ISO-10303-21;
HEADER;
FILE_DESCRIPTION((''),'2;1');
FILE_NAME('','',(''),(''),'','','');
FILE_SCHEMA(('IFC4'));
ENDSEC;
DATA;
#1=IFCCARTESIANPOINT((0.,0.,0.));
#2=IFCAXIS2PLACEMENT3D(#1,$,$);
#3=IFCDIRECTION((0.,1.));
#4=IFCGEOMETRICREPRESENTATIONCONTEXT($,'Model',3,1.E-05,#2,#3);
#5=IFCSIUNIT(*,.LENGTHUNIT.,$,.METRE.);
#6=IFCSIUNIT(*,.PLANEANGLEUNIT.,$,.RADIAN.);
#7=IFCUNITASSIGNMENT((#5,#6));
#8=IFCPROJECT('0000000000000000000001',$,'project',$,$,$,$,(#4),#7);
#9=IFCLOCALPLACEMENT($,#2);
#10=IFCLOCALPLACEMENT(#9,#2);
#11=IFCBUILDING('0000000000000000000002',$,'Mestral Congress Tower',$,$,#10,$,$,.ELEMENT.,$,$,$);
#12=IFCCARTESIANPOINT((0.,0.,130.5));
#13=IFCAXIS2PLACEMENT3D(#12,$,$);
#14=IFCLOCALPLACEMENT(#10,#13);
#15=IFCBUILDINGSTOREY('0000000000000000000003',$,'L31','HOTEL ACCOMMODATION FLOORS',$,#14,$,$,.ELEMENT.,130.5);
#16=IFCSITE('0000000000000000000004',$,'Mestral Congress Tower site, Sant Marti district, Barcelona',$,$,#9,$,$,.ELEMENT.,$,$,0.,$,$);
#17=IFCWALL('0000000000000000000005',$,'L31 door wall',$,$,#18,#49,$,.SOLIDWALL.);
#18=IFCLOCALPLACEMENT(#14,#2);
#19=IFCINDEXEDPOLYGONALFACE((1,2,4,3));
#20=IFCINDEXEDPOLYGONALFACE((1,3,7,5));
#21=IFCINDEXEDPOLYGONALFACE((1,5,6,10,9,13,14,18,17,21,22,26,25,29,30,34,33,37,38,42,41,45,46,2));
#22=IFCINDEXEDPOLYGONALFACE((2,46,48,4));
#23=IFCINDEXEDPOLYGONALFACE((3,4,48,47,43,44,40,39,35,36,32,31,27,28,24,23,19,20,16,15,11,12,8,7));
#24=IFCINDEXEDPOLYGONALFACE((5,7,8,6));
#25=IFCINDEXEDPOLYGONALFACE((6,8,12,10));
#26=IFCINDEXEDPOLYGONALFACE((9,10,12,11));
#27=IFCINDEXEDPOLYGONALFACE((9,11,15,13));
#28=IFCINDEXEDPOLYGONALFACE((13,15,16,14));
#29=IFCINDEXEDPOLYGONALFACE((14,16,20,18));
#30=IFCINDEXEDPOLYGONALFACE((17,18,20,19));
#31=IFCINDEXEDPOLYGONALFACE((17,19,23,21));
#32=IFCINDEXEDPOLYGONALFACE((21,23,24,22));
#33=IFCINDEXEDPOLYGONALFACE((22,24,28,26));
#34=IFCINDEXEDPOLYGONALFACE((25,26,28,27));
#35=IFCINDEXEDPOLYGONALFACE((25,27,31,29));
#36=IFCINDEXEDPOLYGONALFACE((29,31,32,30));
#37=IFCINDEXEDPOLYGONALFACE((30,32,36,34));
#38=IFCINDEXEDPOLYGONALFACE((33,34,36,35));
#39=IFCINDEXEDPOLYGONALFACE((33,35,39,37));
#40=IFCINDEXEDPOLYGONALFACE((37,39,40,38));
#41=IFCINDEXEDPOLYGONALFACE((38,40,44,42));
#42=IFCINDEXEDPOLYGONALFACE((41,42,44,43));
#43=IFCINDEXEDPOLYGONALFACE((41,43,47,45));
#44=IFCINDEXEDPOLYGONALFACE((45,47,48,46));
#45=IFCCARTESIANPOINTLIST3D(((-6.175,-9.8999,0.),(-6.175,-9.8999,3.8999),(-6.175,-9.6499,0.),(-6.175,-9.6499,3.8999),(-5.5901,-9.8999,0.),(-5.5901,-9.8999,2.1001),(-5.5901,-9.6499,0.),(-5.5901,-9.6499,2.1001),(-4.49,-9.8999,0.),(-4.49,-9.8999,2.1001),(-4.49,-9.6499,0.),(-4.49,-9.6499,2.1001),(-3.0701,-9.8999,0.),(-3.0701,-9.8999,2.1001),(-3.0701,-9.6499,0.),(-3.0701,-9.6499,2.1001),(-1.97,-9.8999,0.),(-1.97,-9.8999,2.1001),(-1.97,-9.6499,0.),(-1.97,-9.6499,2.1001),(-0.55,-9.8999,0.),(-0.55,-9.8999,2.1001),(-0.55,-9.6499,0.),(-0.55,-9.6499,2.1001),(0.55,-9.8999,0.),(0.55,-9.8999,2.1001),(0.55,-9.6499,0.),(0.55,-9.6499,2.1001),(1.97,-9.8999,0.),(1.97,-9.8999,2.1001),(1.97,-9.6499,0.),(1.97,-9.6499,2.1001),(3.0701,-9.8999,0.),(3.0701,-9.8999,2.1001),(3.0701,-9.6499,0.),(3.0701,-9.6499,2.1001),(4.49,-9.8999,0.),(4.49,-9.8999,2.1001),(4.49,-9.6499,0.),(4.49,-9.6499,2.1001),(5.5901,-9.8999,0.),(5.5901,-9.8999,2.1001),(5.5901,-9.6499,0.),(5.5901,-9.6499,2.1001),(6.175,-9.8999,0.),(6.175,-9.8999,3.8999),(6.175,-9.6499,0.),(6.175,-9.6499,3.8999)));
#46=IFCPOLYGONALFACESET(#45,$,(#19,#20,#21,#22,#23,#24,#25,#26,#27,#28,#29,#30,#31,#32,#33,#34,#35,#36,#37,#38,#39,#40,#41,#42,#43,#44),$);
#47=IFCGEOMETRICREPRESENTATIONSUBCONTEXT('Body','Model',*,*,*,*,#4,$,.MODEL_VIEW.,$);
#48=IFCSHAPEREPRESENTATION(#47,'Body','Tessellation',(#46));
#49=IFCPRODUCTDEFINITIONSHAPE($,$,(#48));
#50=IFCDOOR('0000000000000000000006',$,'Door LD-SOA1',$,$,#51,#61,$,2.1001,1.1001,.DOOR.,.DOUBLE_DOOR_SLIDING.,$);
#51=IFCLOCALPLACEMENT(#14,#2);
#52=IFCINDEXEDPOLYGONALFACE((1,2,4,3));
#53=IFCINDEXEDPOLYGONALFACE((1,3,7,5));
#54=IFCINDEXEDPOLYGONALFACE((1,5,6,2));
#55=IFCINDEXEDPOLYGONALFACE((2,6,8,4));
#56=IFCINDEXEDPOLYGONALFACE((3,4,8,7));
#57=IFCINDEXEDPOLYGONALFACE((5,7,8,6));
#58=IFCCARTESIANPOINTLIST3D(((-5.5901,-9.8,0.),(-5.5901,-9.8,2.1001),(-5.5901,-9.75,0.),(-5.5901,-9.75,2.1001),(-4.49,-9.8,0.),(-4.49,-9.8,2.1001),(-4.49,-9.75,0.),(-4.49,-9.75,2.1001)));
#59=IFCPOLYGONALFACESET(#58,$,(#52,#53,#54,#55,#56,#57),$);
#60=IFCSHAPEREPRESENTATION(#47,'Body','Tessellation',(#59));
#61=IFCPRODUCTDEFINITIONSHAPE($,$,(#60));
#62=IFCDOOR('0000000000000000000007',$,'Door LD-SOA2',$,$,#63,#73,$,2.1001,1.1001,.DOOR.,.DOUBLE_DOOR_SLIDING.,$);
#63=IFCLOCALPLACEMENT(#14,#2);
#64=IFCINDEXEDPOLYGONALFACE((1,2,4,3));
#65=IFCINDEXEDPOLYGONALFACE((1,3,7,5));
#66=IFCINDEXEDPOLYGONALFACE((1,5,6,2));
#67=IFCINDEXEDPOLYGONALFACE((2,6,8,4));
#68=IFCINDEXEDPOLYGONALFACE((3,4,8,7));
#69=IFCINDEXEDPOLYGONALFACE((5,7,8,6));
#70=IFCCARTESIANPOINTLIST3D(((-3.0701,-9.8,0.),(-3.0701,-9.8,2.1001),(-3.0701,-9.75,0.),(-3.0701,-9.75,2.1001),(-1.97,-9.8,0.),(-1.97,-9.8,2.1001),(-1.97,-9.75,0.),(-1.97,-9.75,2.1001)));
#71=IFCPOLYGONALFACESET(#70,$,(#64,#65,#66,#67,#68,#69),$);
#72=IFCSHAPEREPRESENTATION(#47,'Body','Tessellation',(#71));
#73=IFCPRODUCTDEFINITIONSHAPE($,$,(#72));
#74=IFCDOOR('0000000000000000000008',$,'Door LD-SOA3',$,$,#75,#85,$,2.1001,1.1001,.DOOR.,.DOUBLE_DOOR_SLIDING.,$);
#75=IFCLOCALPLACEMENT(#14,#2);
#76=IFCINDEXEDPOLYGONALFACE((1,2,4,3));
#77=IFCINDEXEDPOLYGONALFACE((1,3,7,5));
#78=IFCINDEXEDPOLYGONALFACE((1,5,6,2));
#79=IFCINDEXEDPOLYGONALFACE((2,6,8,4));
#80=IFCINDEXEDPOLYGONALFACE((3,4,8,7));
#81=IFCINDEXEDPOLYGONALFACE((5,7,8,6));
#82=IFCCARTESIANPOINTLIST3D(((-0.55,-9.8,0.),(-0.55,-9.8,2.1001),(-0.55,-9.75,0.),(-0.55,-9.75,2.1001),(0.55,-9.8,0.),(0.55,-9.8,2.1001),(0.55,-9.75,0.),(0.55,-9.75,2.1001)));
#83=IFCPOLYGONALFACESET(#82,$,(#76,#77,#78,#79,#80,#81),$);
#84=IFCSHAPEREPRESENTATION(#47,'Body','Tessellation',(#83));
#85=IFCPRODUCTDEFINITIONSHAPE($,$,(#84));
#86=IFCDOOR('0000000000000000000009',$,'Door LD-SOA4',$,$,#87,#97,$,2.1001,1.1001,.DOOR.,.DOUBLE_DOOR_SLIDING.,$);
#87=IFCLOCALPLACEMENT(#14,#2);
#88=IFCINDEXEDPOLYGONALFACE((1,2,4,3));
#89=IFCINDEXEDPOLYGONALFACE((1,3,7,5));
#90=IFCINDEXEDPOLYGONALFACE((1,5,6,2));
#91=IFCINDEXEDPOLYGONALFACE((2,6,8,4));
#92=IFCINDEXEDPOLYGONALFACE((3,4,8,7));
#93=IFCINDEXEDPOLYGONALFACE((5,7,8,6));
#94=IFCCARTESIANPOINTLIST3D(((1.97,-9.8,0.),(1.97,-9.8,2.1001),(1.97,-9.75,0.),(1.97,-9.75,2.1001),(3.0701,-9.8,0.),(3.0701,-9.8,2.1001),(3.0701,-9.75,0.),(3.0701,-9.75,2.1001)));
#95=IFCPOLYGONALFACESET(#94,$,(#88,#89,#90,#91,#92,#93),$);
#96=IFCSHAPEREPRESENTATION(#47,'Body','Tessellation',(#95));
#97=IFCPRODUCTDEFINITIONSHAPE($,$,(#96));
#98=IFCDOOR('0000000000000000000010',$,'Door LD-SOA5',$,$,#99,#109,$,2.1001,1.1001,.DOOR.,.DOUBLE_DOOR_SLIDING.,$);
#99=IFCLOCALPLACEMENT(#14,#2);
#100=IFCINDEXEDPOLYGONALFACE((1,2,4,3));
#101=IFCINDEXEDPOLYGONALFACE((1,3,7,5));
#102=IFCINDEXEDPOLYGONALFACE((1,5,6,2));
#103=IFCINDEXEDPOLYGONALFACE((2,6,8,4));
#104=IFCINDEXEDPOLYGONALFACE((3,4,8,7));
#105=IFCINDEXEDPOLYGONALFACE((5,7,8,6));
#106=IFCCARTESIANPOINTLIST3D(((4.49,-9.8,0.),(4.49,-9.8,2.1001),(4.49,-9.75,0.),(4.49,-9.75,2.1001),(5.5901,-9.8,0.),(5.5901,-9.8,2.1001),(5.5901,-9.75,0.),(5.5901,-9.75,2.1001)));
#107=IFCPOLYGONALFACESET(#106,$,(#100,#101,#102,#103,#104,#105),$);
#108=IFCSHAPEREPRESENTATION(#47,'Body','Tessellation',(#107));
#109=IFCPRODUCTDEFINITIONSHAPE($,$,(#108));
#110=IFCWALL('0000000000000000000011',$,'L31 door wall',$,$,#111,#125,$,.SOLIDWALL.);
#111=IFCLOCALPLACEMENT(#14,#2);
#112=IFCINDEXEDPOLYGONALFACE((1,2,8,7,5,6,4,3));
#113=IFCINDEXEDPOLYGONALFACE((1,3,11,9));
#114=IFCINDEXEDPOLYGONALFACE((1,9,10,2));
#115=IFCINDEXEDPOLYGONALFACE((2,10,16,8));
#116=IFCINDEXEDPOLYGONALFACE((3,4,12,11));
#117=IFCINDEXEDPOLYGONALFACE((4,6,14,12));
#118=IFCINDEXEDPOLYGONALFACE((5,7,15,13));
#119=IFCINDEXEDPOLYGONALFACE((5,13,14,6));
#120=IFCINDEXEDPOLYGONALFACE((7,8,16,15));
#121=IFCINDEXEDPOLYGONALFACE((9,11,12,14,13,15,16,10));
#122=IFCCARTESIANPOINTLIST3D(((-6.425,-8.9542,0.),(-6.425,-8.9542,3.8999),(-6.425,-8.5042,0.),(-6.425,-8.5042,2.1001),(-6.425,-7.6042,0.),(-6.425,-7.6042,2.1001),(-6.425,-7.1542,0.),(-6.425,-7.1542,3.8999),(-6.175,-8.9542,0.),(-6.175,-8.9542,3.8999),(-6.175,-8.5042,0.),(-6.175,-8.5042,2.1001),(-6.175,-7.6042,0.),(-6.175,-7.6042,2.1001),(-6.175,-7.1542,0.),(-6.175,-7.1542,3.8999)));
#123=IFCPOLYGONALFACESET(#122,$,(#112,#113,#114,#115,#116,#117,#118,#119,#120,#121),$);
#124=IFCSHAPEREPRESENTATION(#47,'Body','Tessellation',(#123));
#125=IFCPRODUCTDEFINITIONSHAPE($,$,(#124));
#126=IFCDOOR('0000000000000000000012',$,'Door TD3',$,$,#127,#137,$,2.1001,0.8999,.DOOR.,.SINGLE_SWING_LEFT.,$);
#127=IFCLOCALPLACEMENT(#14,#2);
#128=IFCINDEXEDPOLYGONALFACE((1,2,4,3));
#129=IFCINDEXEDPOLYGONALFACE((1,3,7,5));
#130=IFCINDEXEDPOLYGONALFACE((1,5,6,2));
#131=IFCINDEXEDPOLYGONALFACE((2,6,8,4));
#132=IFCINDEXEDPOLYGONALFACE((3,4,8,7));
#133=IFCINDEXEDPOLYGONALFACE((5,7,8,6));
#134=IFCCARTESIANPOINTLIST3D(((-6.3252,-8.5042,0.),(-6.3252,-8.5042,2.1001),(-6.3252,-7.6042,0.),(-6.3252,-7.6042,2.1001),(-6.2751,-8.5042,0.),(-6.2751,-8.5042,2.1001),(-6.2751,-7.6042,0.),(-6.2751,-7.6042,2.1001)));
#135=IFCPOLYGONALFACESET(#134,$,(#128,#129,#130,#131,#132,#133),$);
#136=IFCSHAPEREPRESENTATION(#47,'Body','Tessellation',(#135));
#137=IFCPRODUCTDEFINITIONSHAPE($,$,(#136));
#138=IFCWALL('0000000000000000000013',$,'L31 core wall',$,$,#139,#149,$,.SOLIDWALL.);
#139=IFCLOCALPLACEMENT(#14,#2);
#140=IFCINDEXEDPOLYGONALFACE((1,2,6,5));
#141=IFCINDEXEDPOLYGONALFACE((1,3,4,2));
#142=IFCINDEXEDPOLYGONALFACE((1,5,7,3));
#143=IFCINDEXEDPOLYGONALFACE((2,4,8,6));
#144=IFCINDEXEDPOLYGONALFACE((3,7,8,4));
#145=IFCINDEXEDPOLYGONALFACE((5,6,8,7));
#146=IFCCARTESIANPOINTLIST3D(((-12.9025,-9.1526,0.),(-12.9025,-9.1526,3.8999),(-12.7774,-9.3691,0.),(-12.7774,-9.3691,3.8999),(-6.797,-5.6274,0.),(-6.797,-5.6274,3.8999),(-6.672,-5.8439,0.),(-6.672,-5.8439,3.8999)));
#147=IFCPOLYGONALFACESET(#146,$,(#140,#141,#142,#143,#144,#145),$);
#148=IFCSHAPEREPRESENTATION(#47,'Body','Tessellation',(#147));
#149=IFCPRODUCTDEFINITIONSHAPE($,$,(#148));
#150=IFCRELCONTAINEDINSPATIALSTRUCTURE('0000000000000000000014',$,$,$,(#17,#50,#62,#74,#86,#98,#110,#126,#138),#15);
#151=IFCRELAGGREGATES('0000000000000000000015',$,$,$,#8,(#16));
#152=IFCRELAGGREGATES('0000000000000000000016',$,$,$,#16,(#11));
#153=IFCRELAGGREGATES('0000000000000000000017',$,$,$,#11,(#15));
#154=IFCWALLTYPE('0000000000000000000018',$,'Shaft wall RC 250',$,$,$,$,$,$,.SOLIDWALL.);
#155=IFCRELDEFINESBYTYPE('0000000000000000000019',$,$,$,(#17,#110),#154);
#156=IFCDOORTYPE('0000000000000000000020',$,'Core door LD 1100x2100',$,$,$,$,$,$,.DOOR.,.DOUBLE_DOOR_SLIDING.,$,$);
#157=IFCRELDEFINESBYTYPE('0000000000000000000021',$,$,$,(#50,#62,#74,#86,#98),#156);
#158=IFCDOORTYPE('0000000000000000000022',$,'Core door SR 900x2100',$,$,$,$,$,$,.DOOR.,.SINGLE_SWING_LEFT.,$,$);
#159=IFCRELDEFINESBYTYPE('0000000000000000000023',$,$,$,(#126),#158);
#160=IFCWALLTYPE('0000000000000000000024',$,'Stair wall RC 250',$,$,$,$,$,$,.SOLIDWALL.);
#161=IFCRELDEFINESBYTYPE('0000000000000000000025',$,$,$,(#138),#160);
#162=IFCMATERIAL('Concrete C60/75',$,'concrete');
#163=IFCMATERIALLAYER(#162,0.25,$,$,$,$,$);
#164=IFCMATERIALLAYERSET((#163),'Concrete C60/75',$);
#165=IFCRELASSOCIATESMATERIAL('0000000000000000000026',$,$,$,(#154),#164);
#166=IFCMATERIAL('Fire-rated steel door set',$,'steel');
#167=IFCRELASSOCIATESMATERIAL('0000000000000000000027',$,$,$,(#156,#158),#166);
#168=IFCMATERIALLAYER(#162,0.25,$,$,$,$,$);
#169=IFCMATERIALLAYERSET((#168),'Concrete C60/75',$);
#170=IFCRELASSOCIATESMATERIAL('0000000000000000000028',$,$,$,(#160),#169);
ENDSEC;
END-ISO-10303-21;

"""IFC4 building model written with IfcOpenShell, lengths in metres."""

from ifc_helpers import new_model, si_unit, direction, frame, frame_2d, origin, place, context, subcontext, project, spatial, rectangle, extrude, material, layer, layer_set, type_object, element, fill, save


model = new_model("IFC4")

# Units and contexts
model_context = context("Model", 3, precision=1e-05, world=origin(), true_north=direction((0.0, 1.0)))
body_context = subcontext(model_context, "Body", "Model", "MODEL_VIEW")
ifc_project = project(units=[si_unit("LENGTHUNIT", "METRE"), si_unit("PLANEANGLEUNIT", "RADIAN")], contexts=[model_context])

# Site, building, storey
site_placement = place(None, origin())
site = spatial("IfcSite", under=ifc_project, at=site_placement, Name="Mestral Congress Tower site, Sant Marti district, Barcelona", CompositionType="ELEMENT", RefElevation=0.0)
building_placement = place(site_placement, origin())
building = spatial("IfcBuilding", under=site, at=building_placement, Name="Mestral Congress Tower", CompositionType="ELEMENT")
storey_placement = place(building_placement, frame((0.0, 0.0, 130.5)))
storey = spatial("IfcBuildingStorey", under=building, at=storey_placement, Name="L31", Description="HOTEL ACCOMMODATION FLOORS", CompositionType="ELEMENT", Elevation=130.5)

# Shared definitions
ifc_material_1 = material(Name="Concrete C60/75", Category="concrete")
ifc_layer_1 = layer(ifc_material_1, 0.25)
ifc_layer_set_1 = layer_set([ifc_layer_1], Name="Concrete C60/75")
wall_type_1 = type_object("IfcWallType", Name="Shaft wall RC 250", PredefinedType="SOLIDWALL", material=ifc_layer_set_1)

# Wall, openings, doors
wall_1_placement = place(storey_placement, frame((-6.175, -9.7749, 0.0), z_axis=(0.0, 0.0, 1.0), x_axis=(1.0, 0.0, 0.0)))
wall_1 = element("IfcWall", 1, at=wall_1_placement, inside=storey, type_object=wall_type_1, Name="L31 door wall", PredefinedType="SOLIDWALL", context=body_context, shape_type="SweptSolid", body=[
    extrude(rectangle(XDim=12.3501, YDim=0.25, at=frame_2d((6.175, 0.0))), origin(), (0.0, 0.0, 1.0), 3.8999),
])
opening_1_placement = place(wall_1_placement, frame((0.585, 0.0, 0.0)))
opening_1 = element("IfcOpeningElement", 2, at=opening_1_placement, cuts=wall_1, PredefinedType="OPENING", context=body_context, shape_type="SweptSolid", body=[
    extrude(rectangle(XDim=1.1001, YDim=2.1001, at=frame_2d((0.55, 1.05))), frame((0.0, 0.135, 0.0), z_axis=(0.0, -1.0, 0.0), x_axis=(1.0, 0.0, 0.0)), (0.0, 0.0, 1.0), 0.27),
])
opening_2_placement = place(wall_1_placement, frame((3.105, 0.0, 0.0)))
opening_2 = element("IfcOpeningElement", 3, at=opening_2_placement, cuts=wall_1, PredefinedType="OPENING", context=body_context, shape_type="SweptSolid", body=[
    extrude(rectangle(XDim=1.1001, YDim=2.1001, at=frame_2d((0.55, 1.05))), frame((0.0, 0.135, 0.0), z_axis=(0.0, -1.0, 0.0), x_axis=(1.0, 0.0, 0.0)), (0.0, 0.0, 1.0), 0.27),
])
opening_3_placement = place(wall_1_placement, frame((5.625, 0.0, 0.0)))
opening_3 = element("IfcOpeningElement", 4, at=opening_3_placement, cuts=wall_1, PredefinedType="OPENING", context=body_context, shape_type="SweptSolid", body=[
    extrude(rectangle(XDim=1.1001, YDim=2.1001, at=frame_2d((0.55, 1.05))), frame((0.0, 0.135, 0.0), z_axis=(0.0, -1.0, 0.0), x_axis=(1.0, 0.0, 0.0)), (0.0, 0.0, 1.0), 0.27),
])
opening_4_placement = place(wall_1_placement, frame((8.145, 0.0, 0.0)))
opening_4 = element("IfcOpeningElement", 5, at=opening_4_placement, cuts=wall_1, PredefinedType="OPENING", context=body_context, shape_type="SweptSolid", body=[
    extrude(rectangle(XDim=1.1001, YDim=2.1001, at=frame_2d((0.55, 1.05))), frame((0.0, 0.135, 0.0), z_axis=(0.0, -1.0, 0.0), x_axis=(1.0, 0.0, 0.0)), (0.0, 0.0, 1.0), 0.27),
])
opening_5_placement = place(wall_1_placement, frame((10.665, 0.0, 0.0)))
opening_5 = element("IfcOpeningElement", 6, at=opening_5_placement, cuts=wall_1, PredefinedType="OPENING", context=body_context, shape_type="SweptSolid", body=[
    extrude(rectangle(XDim=1.1001, YDim=2.1001, at=frame_2d((0.55, 1.05))), frame((0.0, 0.135, 0.0), z_axis=(0.0, -1.0, 0.0), x_axis=(1.0, 0.0, 0.0)), (0.0, 0.0, 1.0), 0.27),
])
ifc_material_2 = material(Name="Fire-rated steel door set", Category="steel")
door_type_1 = type_object("IfcDoorType", Name="Core door LD 1100x2100", OperationType="DOUBLE_DOOR_SLIDING", PredefinedType="DOOR", material=ifc_material_2)
door_1_placement = place(opening_1_placement, origin())
door_1 = element("IfcDoor", 7, at=door_1_placement, inside=storey, type_object=door_type_1, Name="Door LD-SOA1", OperationType="DOUBLE_DOOR_SLIDING", OverallHeight=2.1001, OverallWidth=1.1001, PredefinedType="DOOR", context=body_context, shape_type="SweptSolid", body=[
    extrude(rectangle(XDim=1.1001, YDim=2.1001, at=frame_2d((0.55, 1.05))), frame((0.0, 0.0249, 0.0), z_axis=(0.0, -1.0, 0.0), x_axis=(1.0, 0.0, 0.0)), (0.0, 0.0, 1.0), 0.05),
])
fill(opening_1, door_1)
door_2_placement = place(opening_2_placement, origin())
door_2 = element("IfcDoor", 8, at=door_2_placement, inside=storey, type_object=door_type_1, Name="Door LD-SOA2", OperationType="DOUBLE_DOOR_SLIDING", OverallHeight=2.1001, OverallWidth=1.1001, PredefinedType="DOOR", context=body_context, shape_type="SweptSolid", body=[
    extrude(rectangle(XDim=1.1001, YDim=2.1001, at=frame_2d((0.55, 1.05))), frame((0.0, 0.0249, 0.0), z_axis=(0.0, -1.0, 0.0), x_axis=(1.0, 0.0, 0.0)), (0.0, 0.0, 1.0), 0.05),
])
fill(opening_2, door_2)
door_3_placement = place(opening_3_placement, origin())
door_3 = element("IfcDoor", 9, at=door_3_placement, inside=storey, type_object=door_type_1, Name="Door LD-SOA3", OperationType="DOUBLE_DOOR_SLIDING", OverallHeight=2.1001, OverallWidth=1.1001, PredefinedType="DOOR", context=body_context, shape_type="SweptSolid", body=[
    extrude(rectangle(XDim=1.1001, YDim=2.1001, at=frame_2d((0.55, 1.05))), frame((0.0, 0.0249, 0.0), z_axis=(0.0, -1.0, 0.0), x_axis=(1.0, 0.0, 0.0)), (0.0, 0.0, 1.0), 0.05),
])
fill(opening_3, door_3)
door_4_placement = place(opening_4_placement, origin())
door_4 = element("IfcDoor", 10, at=door_4_placement, inside=storey, type_object=door_type_1, Name="Door LD-SOA4", OperationType="DOUBLE_DOOR_SLIDING", OverallHeight=2.1001, OverallWidth=1.1001, PredefinedType="DOOR", context=body_context, shape_type="SweptSolid", body=[
    extrude(rectangle(XDim=1.1001, YDim=2.1001, at=frame_2d((0.55, 1.05))), frame((0.0, 0.0249, 0.0), z_axis=(0.0, -1.0, 0.0), x_axis=(1.0, 0.0, 0.0)), (0.0, 0.0, 1.0), 0.05),
])
fill(opening_4, door_4)
door_5_placement = place(opening_5_placement, origin())
door_5 = element("IfcDoor", 11, at=door_5_placement, inside=storey, type_object=door_type_1, Name="Door LD-SOA5", OperationType="DOUBLE_DOOR_SLIDING", OverallHeight=2.1001, OverallWidth=1.1001, PredefinedType="DOOR", context=body_context, shape_type="SweptSolid", body=[
    extrude(rectangle(XDim=1.1001, YDim=2.1001, at=frame_2d((0.55, 1.05))), frame((0.0, 0.0249, 0.0), z_axis=(0.0, -1.0, 0.0), x_axis=(1.0, 0.0, 0.0)), (0.0, 0.0, 1.0), 0.05),
])
fill(opening_5, door_5)

# Wall, opening, door
wall_2_placement = place(storey_placement, frame((-6.3, -7.1543, 0.0), z_axis=(0.0, 0.0, 1.0), x_axis=(0.0, -1.0, 0.0)))
wall_2 = element("IfcWall", 12, at=wall_2_placement, inside=storey, type_object=wall_type_1, Name="L31 door wall", PredefinedType="SOLIDWALL", context=body_context, shape_type="SweptSolid", body=[
    extrude(rectangle(XDim=1.8, YDim=0.25, at=frame_2d((0.8999, 0.0))), origin(), (0.0, 0.0, 1.0), 3.8999),
])
opening_6_placement = place(wall_2_placement, frame((0.45, 0.0, 0.0)))
opening_6 = element("IfcOpeningElement", 13, at=opening_6_placement, cuts=wall_2, PredefinedType="OPENING", context=body_context, shape_type="SweptSolid", body=[
    extrude(rectangle(XDim=0.8999, YDim=2.1001, at=frame_2d((0.45, 1.05))), frame((0.0, 0.135, 0.0), z_axis=(0.0, -1.0, 0.0), x_axis=(1.0, 0.0, 0.0)), (0.0, 0.0, 1.0), 0.27),
])
door_type_2 = type_object("IfcDoorType", Name="Core door SR 900x2100", OperationType="SINGLE_SWING_LEFT", PredefinedType="DOOR", material=ifc_material_2)
door_6_placement = place(opening_6_placement, origin())
door_6 = element("IfcDoor", 14, at=door_6_placement, inside=storey, type_object=door_type_2, Name="Door TD3", OperationType="SINGLE_SWING_LEFT", OverallHeight=2.1001, OverallWidth=0.8999, PredefinedType="DOOR", context=body_context, shape_type="SweptSolid", body=[
    extrude(rectangle(XDim=0.8999, YDim=2.1001, at=frame_2d((0.45, 1.05))), frame((0.0, 0.0249, 0.0), z_axis=(0.0, -1.0, 0.0), x_axis=(1.0, 0.0, 0.0)), (0.0, 0.0, 1.0), 0.05),
])
fill(opening_6, door_6)

# Wall
ifc_layer_2 = layer(ifc_material_1, 0.25)
ifc_layer_set_2 = layer_set([ifc_layer_2], Name="Concrete C60/75")
wall_type_2 = type_object("IfcWallType", Name="Stair wall RC 250", PredefinedType="SOLIDWALL", material=ifc_layer_set_2)
wall_3_placement = place(storey_placement, frame((-12.8398, -9.2607, 0.0), z_axis=(0.0, 0.0, 1.0), x_axis=(0.866016, 0.500016, 0.0)))
element("IfcWall", 15, at=wall_3_placement, inside=storey, type_object=wall_type_2, Name="L31 core wall", PredefinedType="SOLIDWALL", context=body_context, shape_type="SweptSolid", body=[
    extrude(rectangle(XDim=7.05, YDim=0.25, at=frame_2d((3.5249, 0.0))), origin(), (0.0, 0.0, 1.0), 3.8999),
])

save(model, "model.ifc")
